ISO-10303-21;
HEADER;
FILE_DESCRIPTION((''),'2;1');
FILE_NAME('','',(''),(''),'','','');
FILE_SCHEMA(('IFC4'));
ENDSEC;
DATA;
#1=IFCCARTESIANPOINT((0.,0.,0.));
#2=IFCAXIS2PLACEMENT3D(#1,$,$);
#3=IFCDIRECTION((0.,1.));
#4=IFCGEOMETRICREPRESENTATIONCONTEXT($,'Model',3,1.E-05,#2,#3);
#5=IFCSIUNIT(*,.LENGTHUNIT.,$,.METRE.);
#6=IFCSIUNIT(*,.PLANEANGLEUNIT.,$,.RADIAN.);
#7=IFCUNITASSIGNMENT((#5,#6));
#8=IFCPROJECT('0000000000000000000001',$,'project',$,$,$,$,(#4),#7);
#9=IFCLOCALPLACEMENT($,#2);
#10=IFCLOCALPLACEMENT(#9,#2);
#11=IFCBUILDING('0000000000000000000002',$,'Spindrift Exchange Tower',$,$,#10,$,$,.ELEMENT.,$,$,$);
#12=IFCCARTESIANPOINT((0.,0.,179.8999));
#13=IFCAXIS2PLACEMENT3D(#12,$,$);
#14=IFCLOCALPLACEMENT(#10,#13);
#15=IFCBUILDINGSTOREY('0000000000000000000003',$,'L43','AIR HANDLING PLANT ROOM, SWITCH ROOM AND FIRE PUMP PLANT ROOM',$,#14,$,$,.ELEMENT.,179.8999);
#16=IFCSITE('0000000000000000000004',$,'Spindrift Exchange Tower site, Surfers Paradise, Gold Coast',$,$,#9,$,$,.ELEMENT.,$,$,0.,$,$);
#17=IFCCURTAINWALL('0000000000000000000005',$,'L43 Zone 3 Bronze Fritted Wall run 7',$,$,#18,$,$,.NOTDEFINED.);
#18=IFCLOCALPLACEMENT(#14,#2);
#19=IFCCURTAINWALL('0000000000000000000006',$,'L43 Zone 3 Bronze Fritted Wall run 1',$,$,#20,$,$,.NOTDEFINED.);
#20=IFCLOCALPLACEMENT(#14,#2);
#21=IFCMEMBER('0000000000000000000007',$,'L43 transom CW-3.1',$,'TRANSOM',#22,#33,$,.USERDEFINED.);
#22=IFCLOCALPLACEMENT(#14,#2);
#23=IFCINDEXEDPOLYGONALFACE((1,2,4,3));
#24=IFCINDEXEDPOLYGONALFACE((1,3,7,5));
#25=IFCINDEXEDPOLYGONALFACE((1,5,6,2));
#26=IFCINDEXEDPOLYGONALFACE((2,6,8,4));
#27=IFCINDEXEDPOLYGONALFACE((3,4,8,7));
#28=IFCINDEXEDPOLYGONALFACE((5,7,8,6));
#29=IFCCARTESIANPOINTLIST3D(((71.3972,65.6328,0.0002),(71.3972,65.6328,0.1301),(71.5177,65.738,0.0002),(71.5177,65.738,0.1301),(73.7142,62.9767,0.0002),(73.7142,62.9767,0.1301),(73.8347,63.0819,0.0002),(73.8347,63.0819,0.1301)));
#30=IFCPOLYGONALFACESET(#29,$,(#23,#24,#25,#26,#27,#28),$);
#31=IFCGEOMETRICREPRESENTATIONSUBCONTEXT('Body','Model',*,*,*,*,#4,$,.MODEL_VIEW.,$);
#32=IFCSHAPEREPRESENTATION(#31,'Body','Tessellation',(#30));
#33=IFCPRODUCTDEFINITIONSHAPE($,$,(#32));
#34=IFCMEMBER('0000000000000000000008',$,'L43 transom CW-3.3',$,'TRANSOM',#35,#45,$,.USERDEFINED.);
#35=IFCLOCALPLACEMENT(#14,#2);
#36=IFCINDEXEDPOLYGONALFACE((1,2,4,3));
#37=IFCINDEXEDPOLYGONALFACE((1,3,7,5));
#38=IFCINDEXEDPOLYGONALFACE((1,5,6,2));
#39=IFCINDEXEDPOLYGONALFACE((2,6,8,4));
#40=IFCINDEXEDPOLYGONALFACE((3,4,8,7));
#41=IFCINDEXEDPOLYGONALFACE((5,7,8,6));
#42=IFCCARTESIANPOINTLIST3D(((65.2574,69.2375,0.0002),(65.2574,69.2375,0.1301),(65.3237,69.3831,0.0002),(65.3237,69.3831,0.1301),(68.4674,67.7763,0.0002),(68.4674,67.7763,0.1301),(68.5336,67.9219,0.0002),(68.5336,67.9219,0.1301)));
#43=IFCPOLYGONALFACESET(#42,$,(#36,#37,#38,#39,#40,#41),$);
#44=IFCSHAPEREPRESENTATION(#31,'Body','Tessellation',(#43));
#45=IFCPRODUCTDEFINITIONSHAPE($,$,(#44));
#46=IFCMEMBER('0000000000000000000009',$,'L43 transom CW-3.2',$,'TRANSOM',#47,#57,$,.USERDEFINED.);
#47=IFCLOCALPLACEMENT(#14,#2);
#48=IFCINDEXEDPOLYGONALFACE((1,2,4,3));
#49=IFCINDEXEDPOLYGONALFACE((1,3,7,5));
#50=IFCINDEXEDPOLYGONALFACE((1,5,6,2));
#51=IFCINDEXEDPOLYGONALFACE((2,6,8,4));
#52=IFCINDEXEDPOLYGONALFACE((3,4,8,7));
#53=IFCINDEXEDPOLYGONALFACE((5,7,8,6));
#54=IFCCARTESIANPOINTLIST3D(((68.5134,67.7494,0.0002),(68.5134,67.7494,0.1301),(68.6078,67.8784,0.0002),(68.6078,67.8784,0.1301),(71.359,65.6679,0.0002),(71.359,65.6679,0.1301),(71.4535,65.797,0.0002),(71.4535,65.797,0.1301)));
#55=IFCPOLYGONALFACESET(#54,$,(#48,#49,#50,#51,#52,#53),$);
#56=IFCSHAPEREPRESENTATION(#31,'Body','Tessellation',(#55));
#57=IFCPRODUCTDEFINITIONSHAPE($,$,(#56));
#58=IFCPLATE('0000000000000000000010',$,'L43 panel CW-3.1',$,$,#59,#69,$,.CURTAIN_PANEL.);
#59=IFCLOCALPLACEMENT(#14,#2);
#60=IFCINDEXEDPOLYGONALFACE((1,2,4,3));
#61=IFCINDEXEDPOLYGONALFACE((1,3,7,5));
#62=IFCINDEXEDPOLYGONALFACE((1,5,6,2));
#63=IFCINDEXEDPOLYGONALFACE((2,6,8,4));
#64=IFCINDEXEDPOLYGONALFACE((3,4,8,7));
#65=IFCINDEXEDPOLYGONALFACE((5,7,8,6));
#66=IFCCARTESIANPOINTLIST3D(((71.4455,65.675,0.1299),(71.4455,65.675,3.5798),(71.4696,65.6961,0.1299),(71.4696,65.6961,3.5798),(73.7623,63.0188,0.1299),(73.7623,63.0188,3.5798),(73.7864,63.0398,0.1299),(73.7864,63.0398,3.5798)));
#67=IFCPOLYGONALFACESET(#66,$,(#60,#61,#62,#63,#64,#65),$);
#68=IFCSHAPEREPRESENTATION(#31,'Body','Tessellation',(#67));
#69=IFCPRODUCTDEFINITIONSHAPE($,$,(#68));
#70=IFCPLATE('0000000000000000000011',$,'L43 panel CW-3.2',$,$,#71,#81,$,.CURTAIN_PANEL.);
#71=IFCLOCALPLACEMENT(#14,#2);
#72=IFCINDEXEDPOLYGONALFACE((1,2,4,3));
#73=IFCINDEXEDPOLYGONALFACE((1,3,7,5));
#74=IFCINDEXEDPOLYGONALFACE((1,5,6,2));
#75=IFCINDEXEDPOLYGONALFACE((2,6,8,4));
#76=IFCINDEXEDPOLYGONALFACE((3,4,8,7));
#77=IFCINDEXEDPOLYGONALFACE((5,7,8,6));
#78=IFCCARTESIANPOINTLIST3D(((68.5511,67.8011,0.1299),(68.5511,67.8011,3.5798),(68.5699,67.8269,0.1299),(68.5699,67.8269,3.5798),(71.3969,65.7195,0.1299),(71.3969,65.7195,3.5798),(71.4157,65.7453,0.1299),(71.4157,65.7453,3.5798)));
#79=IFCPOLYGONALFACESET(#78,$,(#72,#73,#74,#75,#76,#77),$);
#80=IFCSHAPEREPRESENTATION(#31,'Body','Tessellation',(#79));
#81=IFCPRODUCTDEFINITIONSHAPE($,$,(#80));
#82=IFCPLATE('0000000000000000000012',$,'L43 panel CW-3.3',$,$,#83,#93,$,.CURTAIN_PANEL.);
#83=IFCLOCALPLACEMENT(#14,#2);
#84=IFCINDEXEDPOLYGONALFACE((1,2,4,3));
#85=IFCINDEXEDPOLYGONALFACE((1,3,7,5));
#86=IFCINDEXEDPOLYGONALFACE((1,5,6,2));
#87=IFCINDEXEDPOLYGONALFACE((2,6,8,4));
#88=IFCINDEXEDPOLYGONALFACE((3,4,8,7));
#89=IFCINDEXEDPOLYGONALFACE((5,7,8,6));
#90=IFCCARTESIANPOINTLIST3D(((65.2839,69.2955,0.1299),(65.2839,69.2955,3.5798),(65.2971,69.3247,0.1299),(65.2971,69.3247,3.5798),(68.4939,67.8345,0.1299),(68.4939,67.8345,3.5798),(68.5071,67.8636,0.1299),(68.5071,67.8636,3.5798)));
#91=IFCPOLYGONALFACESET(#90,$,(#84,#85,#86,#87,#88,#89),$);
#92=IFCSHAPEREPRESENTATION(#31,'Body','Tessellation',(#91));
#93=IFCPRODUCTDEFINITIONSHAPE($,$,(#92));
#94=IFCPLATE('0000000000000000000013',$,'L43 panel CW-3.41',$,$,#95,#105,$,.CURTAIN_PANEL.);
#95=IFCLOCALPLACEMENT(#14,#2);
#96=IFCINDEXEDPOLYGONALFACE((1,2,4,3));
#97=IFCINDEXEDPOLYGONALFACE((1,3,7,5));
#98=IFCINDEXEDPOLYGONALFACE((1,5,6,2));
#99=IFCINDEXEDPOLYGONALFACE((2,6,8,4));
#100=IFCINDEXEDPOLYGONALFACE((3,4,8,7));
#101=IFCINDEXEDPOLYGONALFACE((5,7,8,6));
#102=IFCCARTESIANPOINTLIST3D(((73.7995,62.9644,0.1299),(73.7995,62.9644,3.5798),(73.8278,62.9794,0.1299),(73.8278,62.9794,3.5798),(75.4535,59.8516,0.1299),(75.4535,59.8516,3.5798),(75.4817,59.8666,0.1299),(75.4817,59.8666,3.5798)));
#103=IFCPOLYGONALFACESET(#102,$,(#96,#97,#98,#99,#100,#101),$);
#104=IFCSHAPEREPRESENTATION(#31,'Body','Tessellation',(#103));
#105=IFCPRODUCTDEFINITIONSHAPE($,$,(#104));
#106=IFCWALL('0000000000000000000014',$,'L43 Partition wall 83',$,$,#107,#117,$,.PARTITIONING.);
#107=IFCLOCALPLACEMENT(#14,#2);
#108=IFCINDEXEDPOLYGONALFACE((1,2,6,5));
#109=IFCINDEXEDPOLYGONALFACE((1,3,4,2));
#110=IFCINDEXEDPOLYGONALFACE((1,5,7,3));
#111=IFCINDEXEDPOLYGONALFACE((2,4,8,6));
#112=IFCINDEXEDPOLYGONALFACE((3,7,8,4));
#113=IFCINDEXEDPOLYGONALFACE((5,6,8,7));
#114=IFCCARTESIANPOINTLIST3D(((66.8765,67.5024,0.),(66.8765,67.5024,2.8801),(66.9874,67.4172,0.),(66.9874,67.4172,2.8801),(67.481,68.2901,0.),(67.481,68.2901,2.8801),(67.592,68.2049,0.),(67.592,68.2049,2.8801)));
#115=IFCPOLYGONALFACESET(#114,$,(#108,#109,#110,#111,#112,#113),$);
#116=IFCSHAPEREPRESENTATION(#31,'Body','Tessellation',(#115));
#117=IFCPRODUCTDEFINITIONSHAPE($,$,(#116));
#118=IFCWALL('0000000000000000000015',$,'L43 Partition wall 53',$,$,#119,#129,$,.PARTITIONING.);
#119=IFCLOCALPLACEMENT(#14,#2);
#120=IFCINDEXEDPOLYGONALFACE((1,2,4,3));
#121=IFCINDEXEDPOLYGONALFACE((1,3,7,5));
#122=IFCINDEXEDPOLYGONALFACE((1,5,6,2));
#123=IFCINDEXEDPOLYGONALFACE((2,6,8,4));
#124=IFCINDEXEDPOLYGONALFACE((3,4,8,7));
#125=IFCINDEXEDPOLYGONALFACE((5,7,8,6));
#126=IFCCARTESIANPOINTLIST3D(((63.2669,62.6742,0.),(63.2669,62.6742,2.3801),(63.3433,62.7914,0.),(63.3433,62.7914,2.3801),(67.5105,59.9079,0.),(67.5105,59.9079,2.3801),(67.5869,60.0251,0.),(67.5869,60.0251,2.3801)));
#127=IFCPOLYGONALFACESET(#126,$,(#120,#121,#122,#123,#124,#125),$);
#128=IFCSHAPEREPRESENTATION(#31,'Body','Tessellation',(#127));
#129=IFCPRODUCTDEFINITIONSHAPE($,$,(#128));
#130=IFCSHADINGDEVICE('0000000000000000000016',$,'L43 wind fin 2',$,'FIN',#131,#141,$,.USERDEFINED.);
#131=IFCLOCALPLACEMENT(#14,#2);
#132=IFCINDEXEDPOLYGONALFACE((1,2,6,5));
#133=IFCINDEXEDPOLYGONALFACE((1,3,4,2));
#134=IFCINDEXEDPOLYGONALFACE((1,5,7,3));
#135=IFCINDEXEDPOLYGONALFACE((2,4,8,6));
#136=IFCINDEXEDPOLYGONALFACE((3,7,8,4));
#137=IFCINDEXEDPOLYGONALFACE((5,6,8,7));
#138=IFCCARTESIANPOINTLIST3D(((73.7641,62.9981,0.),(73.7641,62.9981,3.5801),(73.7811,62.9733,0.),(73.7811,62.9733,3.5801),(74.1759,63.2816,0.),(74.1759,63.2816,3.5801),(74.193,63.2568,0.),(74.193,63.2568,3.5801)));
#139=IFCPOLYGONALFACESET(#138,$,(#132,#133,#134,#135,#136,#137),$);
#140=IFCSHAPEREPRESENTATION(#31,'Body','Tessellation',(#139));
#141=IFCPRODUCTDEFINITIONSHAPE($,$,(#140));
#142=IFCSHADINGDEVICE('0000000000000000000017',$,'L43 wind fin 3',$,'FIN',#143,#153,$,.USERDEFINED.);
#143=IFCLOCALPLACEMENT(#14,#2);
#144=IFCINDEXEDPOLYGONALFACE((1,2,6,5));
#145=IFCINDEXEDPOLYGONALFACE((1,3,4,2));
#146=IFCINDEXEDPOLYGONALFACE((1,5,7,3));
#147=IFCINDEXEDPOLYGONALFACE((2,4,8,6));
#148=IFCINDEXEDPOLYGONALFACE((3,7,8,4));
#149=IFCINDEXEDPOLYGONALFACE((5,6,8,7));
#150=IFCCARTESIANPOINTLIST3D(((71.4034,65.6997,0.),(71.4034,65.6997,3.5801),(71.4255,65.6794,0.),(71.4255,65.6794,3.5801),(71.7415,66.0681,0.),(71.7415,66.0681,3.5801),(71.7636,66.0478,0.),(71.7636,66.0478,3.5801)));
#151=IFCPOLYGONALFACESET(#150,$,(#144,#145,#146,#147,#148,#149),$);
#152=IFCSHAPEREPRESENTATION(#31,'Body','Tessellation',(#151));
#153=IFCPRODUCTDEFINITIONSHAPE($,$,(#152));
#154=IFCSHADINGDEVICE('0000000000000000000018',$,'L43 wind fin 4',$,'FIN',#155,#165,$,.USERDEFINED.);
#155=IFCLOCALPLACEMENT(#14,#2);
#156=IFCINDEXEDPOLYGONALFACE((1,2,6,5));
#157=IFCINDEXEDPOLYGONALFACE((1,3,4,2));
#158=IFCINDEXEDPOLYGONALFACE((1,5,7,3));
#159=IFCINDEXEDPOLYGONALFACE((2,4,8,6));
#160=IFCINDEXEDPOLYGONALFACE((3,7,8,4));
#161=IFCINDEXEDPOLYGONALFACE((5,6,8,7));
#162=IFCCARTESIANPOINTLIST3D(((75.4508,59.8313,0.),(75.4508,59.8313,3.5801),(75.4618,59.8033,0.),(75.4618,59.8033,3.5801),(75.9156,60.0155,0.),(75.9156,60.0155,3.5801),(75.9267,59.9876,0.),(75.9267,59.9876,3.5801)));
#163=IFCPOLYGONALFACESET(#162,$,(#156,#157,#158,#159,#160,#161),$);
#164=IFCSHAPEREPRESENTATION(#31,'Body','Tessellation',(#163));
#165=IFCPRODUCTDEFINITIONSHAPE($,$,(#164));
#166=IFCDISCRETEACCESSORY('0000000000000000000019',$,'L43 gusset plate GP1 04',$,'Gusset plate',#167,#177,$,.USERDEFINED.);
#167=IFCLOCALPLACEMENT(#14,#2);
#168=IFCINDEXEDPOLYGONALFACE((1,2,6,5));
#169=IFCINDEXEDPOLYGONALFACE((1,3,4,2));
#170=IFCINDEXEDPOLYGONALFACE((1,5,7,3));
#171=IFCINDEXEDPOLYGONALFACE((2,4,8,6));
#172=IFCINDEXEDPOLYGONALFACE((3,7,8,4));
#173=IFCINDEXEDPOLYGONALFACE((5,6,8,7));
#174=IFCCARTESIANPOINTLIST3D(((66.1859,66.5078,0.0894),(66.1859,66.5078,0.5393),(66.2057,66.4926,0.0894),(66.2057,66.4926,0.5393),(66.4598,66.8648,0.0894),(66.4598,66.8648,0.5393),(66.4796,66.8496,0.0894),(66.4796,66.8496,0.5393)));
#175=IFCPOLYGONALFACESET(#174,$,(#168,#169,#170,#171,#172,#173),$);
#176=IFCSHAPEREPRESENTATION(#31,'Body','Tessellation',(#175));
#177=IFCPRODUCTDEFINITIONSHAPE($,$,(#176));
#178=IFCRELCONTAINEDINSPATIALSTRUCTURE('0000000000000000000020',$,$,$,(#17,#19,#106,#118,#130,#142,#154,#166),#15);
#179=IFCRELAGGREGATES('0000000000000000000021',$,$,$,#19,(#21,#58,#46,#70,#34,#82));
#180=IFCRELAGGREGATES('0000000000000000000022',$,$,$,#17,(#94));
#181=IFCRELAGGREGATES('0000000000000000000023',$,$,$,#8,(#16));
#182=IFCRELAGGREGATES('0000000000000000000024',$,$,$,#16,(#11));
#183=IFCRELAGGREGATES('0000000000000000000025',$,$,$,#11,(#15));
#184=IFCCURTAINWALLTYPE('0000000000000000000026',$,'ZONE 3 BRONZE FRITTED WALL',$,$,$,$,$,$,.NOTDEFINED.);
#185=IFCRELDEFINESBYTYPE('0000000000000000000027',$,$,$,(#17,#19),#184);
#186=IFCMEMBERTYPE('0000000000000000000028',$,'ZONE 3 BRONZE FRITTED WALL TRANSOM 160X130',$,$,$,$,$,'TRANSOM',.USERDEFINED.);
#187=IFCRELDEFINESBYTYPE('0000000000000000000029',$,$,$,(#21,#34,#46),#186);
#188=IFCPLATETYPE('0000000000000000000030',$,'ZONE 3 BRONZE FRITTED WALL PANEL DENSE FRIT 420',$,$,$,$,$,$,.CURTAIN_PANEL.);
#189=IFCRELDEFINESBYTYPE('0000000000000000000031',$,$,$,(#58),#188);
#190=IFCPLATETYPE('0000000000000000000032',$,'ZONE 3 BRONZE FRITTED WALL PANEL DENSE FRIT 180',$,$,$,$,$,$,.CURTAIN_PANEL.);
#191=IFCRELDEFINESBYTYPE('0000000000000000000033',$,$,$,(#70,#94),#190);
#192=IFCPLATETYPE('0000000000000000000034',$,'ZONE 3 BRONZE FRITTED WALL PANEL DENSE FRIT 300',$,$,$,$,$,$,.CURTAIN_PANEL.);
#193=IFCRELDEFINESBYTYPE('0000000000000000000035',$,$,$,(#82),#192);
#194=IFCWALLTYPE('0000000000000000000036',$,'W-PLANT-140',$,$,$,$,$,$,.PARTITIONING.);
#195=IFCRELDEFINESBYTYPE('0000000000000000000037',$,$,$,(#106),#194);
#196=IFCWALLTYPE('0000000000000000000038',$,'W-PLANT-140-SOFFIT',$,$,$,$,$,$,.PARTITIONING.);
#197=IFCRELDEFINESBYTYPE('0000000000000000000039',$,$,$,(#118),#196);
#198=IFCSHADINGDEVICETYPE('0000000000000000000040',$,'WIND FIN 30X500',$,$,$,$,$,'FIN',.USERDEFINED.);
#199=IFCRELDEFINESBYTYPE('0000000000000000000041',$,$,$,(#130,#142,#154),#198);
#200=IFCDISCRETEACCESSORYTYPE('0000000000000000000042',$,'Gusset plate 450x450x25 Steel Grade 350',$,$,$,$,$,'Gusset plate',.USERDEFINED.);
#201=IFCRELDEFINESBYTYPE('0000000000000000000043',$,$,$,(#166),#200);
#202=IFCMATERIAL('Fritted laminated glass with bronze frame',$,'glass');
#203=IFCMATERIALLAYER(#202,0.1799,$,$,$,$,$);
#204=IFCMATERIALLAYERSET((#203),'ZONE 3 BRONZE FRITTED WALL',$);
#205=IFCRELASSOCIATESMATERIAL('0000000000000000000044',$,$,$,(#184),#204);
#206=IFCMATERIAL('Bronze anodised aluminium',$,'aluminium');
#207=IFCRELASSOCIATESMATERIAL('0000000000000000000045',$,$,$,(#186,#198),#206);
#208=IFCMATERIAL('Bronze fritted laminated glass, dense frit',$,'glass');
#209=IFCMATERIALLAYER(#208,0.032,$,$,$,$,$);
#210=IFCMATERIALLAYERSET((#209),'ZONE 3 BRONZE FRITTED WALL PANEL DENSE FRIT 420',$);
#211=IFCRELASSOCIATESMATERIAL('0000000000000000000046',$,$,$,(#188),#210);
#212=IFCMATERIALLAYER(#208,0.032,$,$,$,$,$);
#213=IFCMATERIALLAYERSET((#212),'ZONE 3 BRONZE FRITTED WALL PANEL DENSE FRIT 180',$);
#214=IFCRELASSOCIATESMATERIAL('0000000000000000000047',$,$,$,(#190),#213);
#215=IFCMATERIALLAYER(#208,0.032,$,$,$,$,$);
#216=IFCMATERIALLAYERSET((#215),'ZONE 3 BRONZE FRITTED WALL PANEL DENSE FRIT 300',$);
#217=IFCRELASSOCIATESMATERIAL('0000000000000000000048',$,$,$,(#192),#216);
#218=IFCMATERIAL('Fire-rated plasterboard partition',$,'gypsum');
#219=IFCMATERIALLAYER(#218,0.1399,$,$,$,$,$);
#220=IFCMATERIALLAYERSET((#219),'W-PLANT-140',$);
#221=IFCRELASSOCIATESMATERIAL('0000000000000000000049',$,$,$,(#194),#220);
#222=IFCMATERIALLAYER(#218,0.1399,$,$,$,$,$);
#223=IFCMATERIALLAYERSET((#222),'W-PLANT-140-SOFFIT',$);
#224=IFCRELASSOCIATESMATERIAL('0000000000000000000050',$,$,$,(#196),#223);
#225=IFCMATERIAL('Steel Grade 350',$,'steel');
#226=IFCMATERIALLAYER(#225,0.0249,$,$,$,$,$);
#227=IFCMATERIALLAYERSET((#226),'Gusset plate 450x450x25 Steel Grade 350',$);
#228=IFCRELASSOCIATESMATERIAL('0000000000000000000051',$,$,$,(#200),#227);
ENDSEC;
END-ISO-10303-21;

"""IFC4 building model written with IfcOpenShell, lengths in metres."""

from ifc_helpers import new_model, si_unit, direction, frame, frame_2d, origin, origin_2d, place, context, subcontext, project, spatial, rectangle, extrude, source, transform, mapped, material, layer, layer_set, material_profile, profile_set, type_object, element, aggregate, save


model = new_model("IFC4")

# Units and contexts
model_context = context("Model", 3, precision=1e-05, world=origin(), true_north=direction((0.0, 1.0)))
body_context = subcontext(model_context, "Body", "Model", "MODEL_VIEW")
ifc_project = project(units=[si_unit("LENGTHUNIT", "METRE"), si_unit("PLANEANGLEUNIT", "RADIAN")], contexts=[model_context])

# Site, building, storey
site_placement = place(None, origin())
site = spatial("IfcSite", under=ifc_project, at=site_placement, Name="Spindrift Exchange Tower site, Surfers Paradise, Gold Coast", CompositionType="ELEMENT", RefElevation=0.0)
building_placement = place(site_placement, origin())
building = spatial("IfcBuilding", under=site, at=building_placement, Name="Spindrift Exchange Tower", CompositionType="ELEMENT")
storey_placement = place(building_placement, frame((0.0, 0.0, 179.8999)))
storey = spatial("IfcBuildingStorey", under=building, at=storey_placement, Name="L43", Description="AIR HANDLING PLANT ROOM, SWITCH ROOM AND FIRE PUMP PLANT ROOM", CompositionType="ELEMENT", Elevation=179.8999)

# Shared definitions
ifc_material_1 = material(Name="Steel Grade 350", Category="steel")

# Curtain wall
ifc_material_2 = material(Name="Fritted laminated glass with bronze frame", Category="glass")
ifc_layer_1 = layer(ifc_material_2, 0.1799)
ifc_layer_set_1 = layer_set([ifc_layer_1], Name="ZONE 3 BRONZE FRITTED WALL")
curtain_wall_type = type_object("IfcCurtainWallType", Name="ZONE 3 BRONZE FRITTED WALL", PredefinedType="NOTDEFINED", material=ifc_layer_set_1)
curtain_wall_1_placement = place(storey_placement, origin())
curtain_wall_1 = element("IfcCurtainWall", 1, at=curtain_wall_1_placement, inside=storey, type_object=curtain_wall_type, Name="L43 Zone 3 Bronze Fritted Wall run 7", PredefinedType="NOTDEFINED")
ifc_material_3 = material(Name="Bronze anodised aluminium", Category="aluminium")
ifc_material_profile_1 = material_profile(ifc_material_3, rectangle(XDim=0.1599, YDim=0.1299, at=origin_2d()), Name="ZONE 3 BRONZE FRITTED WALL TRANSOM 160X130")
ifc_profile_set_1 = profile_set([ifc_material_profile_1], Name="Bronze anodised aluminium")
member_type_1 = type_object("IfcMemberType", Name="ZONE 3 BRONZE FRITTED WALL TRANSOM 160X130", ElementType="TRANSOM", PredefinedType="USERDEFINED", material=ifc_profile_set_1)

# Curtain wall, members, plates
curtain_wall_2_placement = place(storey_placement, origin())
curtain_wall_2 = element("IfcCurtainWall", 2, at=curtain_wall_2_placement, inside=storey, type_object=curtain_wall_type, Name="L43 Zone 3 Bronze Fritted Wall run 1", PredefinedType="NOTDEFINED")
shared_shape_1 = source(origin(), body_context, "Body", "SweptSolid", [
    extrude(rectangle(XDim=0.1599, YDim=0.1299, at=origin_2d()), origin(), (0.0, 0.0, 1.0), 3.5247),
])
member_1_placement = place(storey_placement, frame((73.7744, 63.0293, 0.0652), z_axis=(-0.657361, 0.753576, 0.0), x_axis=(-0.753576, -0.657361, 0.0)))
member_1 = element("IfcMember", 3, at=member_1_placement, type_object=member_type_1, Name="L43 transom CW-3.1", ObjectType="TRANSOM", PredefinedType="USERDEFINED", context=body_context, shape_type="MappedRepresentation", body=[
    mapped(shared_shape_1, transform((0.0, 0.0, 0.0), scale=1.0)),
])
shared_shape_2 = source(origin(), body_context, "Body", "SweptSolid", [
    extrude(rectangle(XDim=0.1599, YDim=0.1299, at=origin_2d()), origin(), (0.0, 0.0, 1.0), 3.5269),
])
member_2_placement = place(storey_placement, frame((68.5005, 67.8491, 0.0652), z_axis=(-0.910141, 0.414298, 0.0), x_axis=(-0.414298, -0.910141, 0.0)))
member_2 = element("IfcMember", 4, at=member_2_placement, type_object=member_type_1, Name="L43 transom CW-3.3", ObjectType="TRANSOM", PredefinedType="USERDEFINED", context=body_context, shape_type="MappedRepresentation", body=[
    mapped(shared_shape_2, transform((0.0, 0.0, 0.0), scale=1.0)),
])
shared_shape_3 = source(origin(), body_context, "Body", "SweptSolid", [
    extrude(rectangle(XDim=0.1599, YDim=0.1299, at=origin_2d()), origin(), (0.0, 0.0, 1.0), 3.5256),
])
member_3_placement = place(storey_placement, frame((71.4062, 65.7324, 0.0652), z_axis=(-0.807122, 0.590385, 0.0), x_axis=(-0.590385, -0.807122, 0.0)))
member_3 = element("IfcMember", 5, at=member_3_placement, type_object=member_type_1, Name="L43 transom CW-3.2", ObjectType="TRANSOM", PredefinedType="USERDEFINED", context=body_context, shape_type="MappedRepresentation", body=[
    mapped(shared_shape_3, transform((0.0, 0.0, 0.0), scale=1.0)),
])
ifc_material_4 = material(Name="Bronze fritted laminated glass, dense frit", Category="glass")
ifc_layer_2 = layer(ifc_material_4, 0.032)
ifc_layer_set_2 = layer_set([ifc_layer_2], Name="ZONE 3 BRONZE FRITTED WALL PANEL DENSE FRIT 420")
plate_type_1 = type_object("IfcPlateType", Name="ZONE 3 BRONZE FRITTED WALL PANEL DENSE FRIT 420", PredefinedType="CURTAIN_PANEL", material=ifc_layer_set_2)
shared_shape_4 = source(origin(), body_context, "Body", "SweptSolid", [
    extrude(rectangle(XDim=3.5247, YDim=0.032, at=origin_2d()), origin(), (0.0, 0.0, 1.0), 3.45),
])
plate_1_placement = place(storey_placement, frame((72.616, 64.3574, 0.1299), z_axis=(0.0, 0.0, 1.0), x_axis=(-0.657311, 0.75362, 0.0)))
plate_1 = element("IfcPlate", 6, at=plate_1_placement, type_object=plate_type_1, Name="L43 panel CW-3.1", PredefinedType="CURTAIN_PANEL", context=body_context, shape_type="MappedRepresentation", body=[
    mapped(shared_shape_4, transform((0.0, 0.0, 0.0), scale=1.0)),
])
ifc_layer_3 = layer(ifc_material_4, 0.032)
ifc_layer_set_3 = layer_set([ifc_layer_3], Name="ZONE 3 BRONZE FRITTED WALL PANEL DENSE FRIT 180")
plate_type_2 = type_object("IfcPlateType", Name="ZONE 3 BRONZE FRITTED WALL PANEL DENSE FRIT 180", PredefinedType="CURTAIN_PANEL", material=ifc_layer_set_3)
shared_shape_5 = source(origin(), body_context, "Body", "SweptSolid", [
    extrude(rectangle(XDim=3.5259, YDim=0.032, at=origin_2d()), origin(), (0.0, 0.0, 1.0), 3.45),
])
plate_2_placement = place(storey_placement, frame((69.9834, 66.7732, 0.1299), z_axis=(0.0, 0.0, 1.0), x_axis=(-0.807118, 0.59039, 0.0)))
plate_2 = element("IfcPlate", 7, at=plate_2_placement, type_object=plate_type_2, Name="L43 panel CW-3.2", PredefinedType="CURTAIN_PANEL", context=body_context, shape_type="MappedRepresentation", body=[
    mapped(shared_shape_5, transform((0.0, 0.0, 0.0), scale=1.0)),
])
ifc_layer_4 = layer(ifc_material_4, 0.032)
ifc_layer_set_4 = layer_set([ifc_layer_4], Name="ZONE 3 BRONZE FRITTED WALL PANEL DENSE FRIT 300")
plate_type_3 = type_object("IfcPlateType", Name="ZONE 3 BRONZE FRITTED WALL PANEL DENSE FRIT 300", PredefinedType="CURTAIN_PANEL", material=ifc_layer_set_4)
shared_shape_6 = source(origin(), body_context, "Body", "SweptSolid", [
    extrude(rectangle(XDim=3.5269, YDim=0.032, at=origin_2d()), origin(), (0.0, 0.0, 1.0), 3.45),
])
plate_3_placement = place(storey_placement, frame((66.8955, 68.5796, 0.1299), z_axis=(0.0, 0.0, 1.0), x_axis=(-0.910162, 0.414253, 0.0)))
plate_3 = element("IfcPlate", 8, at=plate_3_placement, type_object=plate_type_3, Name="L43 panel CW-3.3", PredefinedType="CURTAIN_PANEL", context=body_context, shape_type="MappedRepresentation", body=[
    mapped(shared_shape_6, transform((0.0, 0.0, 0.0), scale=1.0)),
])
aggregate(curtain_wall_2, [member_1, plate_1, member_3, plate_2, member_2, plate_3])

# Plate
shared_shape_7 = source(origin(), body_context, "Body", "SweptSolid", [
    extrude(rectangle(XDim=3.5249, YDim=0.032, at=origin_2d()), origin(), (0.0, 0.0, 1.0), 3.45),
])
plate_4_placement = place(storey_placement, frame((74.6406, 61.4155, 0.1299), z_axis=(0.0, 0.0, 1.0), x_axis=(-0.469208, 0.883088, 0.0)))
plate_4 = element("IfcPlate", 9, at=plate_4_placement, type_object=plate_type_2, Name="L43 panel CW-3.41", PredefinedType="CURTAIN_PANEL", context=body_context, shape_type="MappedRepresentation", body=[
    mapped(shared_shape_7, transform((0.0, 0.0, 0.0), scale=1.0)),
])
aggregate(curtain_wall_1, [plate_4])

# Walls
ifc_material_5 = material(Name="Fire-rated plasterboard partition", Category="gypsum")
ifc_layer_5 = layer(ifc_material_5, 0.1399)
ifc_layer_set_5 = layer_set([ifc_layer_5], Name="W-PLANT-140")
wall_type_1 = type_object("IfcWallType", Name="W-PLANT-140", PredefinedType="PARTITIONING", material=ifc_layer_set_5)
wall_1_placement = place(storey_placement, frame((66.9319, 67.4597, 0.0), z_axis=(0.0, 0.0, 1.0), x_axis=(0.608855, 0.793282, 0.0)))
element("IfcWall", 10, at=wall_1_placement, inside=storey, type_object=wall_type_1, Name="L43 Partition wall 83", PredefinedType="PARTITIONING", context=body_context, shape_type="SweptSolid", body=[
    extrude(rectangle(XDim=0.9929, YDim=0.1399, at=frame_2d((0.4966, 0.0))), origin(), (0.0, 0.0, 1.0), 2.8801),
])
ifc_layer_6 = layer(ifc_material_5, 0.1399)
ifc_layer_set_6 = layer_set([ifc_layer_6], Name="W-PLANT-140-SOFFIT")
wall_type_2 = type_object("IfcWallType", Name="W-PLANT-140-SOFFIT", PredefinedType="PARTITIONING", material=ifc_layer_set_6)
wall_2_placement = place(storey_placement, frame((67.5486, 59.9666, 0.0), z_axis=(0.0, 0.0, 1.0), x_axis=(-0.837723, 0.546096, 0.0)))
element("IfcWall", 11, at=wall_2_placement, inside=storey, type_object=wall_type_2, Name="L43 Partition wall 53", PredefinedType="PARTITIONING", context=body_context, shape_type="SweptSolid", body=[
    extrude(rectangle(XDim=5.0657, YDim=0.1399, at=frame_2d((2.5327, 0.0))), origin(), (0.0, 0.0, 1.0), 2.3801),
])

# Shading devices
ifc_material_profile_2 = material_profile(ifc_material_3, rectangle(XDim=0.03, YDim=0.5, at=origin_2d()), Name="WIND FIN 30X500")
ifc_profile_set_2 = profile_set([ifc_material_profile_2], Name="Bronze anodised aluminium")
shading_device_type = type_object("IfcShadingDeviceType", Name="WIND FIN 30X500", ElementType="FIN", PredefinedType="USERDEFINED", material=ifc_profile_set_2)
shared_shape_8 = source(origin(), body_context, "Body", "SweptSolid", [
    extrude(rectangle(XDim=0.03, YDim=0.5, at=origin_2d()), origin(), (0.0, 0.0, 1.0), 3.5801),
])
for number, where, z_axis, x_axis, name in (
    (12, (73.9785, 63.1274, 0.0), (0.0, 0.0, 1.0), (-0.566967, 0.82374, 0.0), "L43 wind fin 2"),
    (13, (71.5835, 65.8738, 0.0), (0.0, 0.0, 1.0), (-0.736749, 0.676166, 0.0), "L43 wind fin 3"),
    (14, (75.6887, 59.9094, 0.0), (0.0, 0.0, 1.0), (-0.368488, 0.929632, 0.0), "L43 wind fin 4"),
):
    element("IfcShadingDevice", number, at=place(storey_placement, frame(where, z_axis=z_axis, x_axis=x_axis)), inside=storey, type_object=shading_device_type, Name=name, ObjectType="FIN", PredefinedType="USERDEFINED", context=body_context, shape_type="MappedRepresentation", body=[
        mapped(shared_shape_8, transform((0.0, 0.0, 0.0), scale=1.0)),
    ])

# Discrete accessory
ifc_layer_7 = layer(ifc_material_1, 0.0249)
ifc_layer_set_7 = layer_set([ifc_layer_7], Name="Gusset plate 450x450x25 Steel Grade 350")
discrete_accessory_type_1 = type_object("IfcDiscreteAccessoryType", Name="Gusset plate 450x450x25 Steel Grade 350", ElementType="Gusset plate", PredefinedType="USERDEFINED", material=ifc_layer_set_7)
shared_shape_9 = source(origin(), body_context, "Body", "SweptSolid", [
    extrude(rectangle(XDim=0.45, YDim=0.0249, at=origin_2d()), origin(), (0.0, 0.0, 1.0), 0.45),
])
discrete_accessory_placement = place(storey_placement, frame((66.3328, 66.6787, 0.0894), z_axis=(0.0, 0.0, 1.0), x_axis=(0.608774, 0.793344, 0.0)))
element("IfcDiscreteAccessory", 15, at=discrete_accessory_placement, inside=storey, type_object=discrete_accessory_type_1, Name="L43 gusset plate GP1 04", ObjectType="Gusset plate", PredefinedType="USERDEFINED", context=body_context, shape_type="MappedRepresentation", body=[
    mapped(shared_shape_9, transform((0.0, 0.0, 0.0), scale=1.0)),
])

save(model, "model.ifc")
